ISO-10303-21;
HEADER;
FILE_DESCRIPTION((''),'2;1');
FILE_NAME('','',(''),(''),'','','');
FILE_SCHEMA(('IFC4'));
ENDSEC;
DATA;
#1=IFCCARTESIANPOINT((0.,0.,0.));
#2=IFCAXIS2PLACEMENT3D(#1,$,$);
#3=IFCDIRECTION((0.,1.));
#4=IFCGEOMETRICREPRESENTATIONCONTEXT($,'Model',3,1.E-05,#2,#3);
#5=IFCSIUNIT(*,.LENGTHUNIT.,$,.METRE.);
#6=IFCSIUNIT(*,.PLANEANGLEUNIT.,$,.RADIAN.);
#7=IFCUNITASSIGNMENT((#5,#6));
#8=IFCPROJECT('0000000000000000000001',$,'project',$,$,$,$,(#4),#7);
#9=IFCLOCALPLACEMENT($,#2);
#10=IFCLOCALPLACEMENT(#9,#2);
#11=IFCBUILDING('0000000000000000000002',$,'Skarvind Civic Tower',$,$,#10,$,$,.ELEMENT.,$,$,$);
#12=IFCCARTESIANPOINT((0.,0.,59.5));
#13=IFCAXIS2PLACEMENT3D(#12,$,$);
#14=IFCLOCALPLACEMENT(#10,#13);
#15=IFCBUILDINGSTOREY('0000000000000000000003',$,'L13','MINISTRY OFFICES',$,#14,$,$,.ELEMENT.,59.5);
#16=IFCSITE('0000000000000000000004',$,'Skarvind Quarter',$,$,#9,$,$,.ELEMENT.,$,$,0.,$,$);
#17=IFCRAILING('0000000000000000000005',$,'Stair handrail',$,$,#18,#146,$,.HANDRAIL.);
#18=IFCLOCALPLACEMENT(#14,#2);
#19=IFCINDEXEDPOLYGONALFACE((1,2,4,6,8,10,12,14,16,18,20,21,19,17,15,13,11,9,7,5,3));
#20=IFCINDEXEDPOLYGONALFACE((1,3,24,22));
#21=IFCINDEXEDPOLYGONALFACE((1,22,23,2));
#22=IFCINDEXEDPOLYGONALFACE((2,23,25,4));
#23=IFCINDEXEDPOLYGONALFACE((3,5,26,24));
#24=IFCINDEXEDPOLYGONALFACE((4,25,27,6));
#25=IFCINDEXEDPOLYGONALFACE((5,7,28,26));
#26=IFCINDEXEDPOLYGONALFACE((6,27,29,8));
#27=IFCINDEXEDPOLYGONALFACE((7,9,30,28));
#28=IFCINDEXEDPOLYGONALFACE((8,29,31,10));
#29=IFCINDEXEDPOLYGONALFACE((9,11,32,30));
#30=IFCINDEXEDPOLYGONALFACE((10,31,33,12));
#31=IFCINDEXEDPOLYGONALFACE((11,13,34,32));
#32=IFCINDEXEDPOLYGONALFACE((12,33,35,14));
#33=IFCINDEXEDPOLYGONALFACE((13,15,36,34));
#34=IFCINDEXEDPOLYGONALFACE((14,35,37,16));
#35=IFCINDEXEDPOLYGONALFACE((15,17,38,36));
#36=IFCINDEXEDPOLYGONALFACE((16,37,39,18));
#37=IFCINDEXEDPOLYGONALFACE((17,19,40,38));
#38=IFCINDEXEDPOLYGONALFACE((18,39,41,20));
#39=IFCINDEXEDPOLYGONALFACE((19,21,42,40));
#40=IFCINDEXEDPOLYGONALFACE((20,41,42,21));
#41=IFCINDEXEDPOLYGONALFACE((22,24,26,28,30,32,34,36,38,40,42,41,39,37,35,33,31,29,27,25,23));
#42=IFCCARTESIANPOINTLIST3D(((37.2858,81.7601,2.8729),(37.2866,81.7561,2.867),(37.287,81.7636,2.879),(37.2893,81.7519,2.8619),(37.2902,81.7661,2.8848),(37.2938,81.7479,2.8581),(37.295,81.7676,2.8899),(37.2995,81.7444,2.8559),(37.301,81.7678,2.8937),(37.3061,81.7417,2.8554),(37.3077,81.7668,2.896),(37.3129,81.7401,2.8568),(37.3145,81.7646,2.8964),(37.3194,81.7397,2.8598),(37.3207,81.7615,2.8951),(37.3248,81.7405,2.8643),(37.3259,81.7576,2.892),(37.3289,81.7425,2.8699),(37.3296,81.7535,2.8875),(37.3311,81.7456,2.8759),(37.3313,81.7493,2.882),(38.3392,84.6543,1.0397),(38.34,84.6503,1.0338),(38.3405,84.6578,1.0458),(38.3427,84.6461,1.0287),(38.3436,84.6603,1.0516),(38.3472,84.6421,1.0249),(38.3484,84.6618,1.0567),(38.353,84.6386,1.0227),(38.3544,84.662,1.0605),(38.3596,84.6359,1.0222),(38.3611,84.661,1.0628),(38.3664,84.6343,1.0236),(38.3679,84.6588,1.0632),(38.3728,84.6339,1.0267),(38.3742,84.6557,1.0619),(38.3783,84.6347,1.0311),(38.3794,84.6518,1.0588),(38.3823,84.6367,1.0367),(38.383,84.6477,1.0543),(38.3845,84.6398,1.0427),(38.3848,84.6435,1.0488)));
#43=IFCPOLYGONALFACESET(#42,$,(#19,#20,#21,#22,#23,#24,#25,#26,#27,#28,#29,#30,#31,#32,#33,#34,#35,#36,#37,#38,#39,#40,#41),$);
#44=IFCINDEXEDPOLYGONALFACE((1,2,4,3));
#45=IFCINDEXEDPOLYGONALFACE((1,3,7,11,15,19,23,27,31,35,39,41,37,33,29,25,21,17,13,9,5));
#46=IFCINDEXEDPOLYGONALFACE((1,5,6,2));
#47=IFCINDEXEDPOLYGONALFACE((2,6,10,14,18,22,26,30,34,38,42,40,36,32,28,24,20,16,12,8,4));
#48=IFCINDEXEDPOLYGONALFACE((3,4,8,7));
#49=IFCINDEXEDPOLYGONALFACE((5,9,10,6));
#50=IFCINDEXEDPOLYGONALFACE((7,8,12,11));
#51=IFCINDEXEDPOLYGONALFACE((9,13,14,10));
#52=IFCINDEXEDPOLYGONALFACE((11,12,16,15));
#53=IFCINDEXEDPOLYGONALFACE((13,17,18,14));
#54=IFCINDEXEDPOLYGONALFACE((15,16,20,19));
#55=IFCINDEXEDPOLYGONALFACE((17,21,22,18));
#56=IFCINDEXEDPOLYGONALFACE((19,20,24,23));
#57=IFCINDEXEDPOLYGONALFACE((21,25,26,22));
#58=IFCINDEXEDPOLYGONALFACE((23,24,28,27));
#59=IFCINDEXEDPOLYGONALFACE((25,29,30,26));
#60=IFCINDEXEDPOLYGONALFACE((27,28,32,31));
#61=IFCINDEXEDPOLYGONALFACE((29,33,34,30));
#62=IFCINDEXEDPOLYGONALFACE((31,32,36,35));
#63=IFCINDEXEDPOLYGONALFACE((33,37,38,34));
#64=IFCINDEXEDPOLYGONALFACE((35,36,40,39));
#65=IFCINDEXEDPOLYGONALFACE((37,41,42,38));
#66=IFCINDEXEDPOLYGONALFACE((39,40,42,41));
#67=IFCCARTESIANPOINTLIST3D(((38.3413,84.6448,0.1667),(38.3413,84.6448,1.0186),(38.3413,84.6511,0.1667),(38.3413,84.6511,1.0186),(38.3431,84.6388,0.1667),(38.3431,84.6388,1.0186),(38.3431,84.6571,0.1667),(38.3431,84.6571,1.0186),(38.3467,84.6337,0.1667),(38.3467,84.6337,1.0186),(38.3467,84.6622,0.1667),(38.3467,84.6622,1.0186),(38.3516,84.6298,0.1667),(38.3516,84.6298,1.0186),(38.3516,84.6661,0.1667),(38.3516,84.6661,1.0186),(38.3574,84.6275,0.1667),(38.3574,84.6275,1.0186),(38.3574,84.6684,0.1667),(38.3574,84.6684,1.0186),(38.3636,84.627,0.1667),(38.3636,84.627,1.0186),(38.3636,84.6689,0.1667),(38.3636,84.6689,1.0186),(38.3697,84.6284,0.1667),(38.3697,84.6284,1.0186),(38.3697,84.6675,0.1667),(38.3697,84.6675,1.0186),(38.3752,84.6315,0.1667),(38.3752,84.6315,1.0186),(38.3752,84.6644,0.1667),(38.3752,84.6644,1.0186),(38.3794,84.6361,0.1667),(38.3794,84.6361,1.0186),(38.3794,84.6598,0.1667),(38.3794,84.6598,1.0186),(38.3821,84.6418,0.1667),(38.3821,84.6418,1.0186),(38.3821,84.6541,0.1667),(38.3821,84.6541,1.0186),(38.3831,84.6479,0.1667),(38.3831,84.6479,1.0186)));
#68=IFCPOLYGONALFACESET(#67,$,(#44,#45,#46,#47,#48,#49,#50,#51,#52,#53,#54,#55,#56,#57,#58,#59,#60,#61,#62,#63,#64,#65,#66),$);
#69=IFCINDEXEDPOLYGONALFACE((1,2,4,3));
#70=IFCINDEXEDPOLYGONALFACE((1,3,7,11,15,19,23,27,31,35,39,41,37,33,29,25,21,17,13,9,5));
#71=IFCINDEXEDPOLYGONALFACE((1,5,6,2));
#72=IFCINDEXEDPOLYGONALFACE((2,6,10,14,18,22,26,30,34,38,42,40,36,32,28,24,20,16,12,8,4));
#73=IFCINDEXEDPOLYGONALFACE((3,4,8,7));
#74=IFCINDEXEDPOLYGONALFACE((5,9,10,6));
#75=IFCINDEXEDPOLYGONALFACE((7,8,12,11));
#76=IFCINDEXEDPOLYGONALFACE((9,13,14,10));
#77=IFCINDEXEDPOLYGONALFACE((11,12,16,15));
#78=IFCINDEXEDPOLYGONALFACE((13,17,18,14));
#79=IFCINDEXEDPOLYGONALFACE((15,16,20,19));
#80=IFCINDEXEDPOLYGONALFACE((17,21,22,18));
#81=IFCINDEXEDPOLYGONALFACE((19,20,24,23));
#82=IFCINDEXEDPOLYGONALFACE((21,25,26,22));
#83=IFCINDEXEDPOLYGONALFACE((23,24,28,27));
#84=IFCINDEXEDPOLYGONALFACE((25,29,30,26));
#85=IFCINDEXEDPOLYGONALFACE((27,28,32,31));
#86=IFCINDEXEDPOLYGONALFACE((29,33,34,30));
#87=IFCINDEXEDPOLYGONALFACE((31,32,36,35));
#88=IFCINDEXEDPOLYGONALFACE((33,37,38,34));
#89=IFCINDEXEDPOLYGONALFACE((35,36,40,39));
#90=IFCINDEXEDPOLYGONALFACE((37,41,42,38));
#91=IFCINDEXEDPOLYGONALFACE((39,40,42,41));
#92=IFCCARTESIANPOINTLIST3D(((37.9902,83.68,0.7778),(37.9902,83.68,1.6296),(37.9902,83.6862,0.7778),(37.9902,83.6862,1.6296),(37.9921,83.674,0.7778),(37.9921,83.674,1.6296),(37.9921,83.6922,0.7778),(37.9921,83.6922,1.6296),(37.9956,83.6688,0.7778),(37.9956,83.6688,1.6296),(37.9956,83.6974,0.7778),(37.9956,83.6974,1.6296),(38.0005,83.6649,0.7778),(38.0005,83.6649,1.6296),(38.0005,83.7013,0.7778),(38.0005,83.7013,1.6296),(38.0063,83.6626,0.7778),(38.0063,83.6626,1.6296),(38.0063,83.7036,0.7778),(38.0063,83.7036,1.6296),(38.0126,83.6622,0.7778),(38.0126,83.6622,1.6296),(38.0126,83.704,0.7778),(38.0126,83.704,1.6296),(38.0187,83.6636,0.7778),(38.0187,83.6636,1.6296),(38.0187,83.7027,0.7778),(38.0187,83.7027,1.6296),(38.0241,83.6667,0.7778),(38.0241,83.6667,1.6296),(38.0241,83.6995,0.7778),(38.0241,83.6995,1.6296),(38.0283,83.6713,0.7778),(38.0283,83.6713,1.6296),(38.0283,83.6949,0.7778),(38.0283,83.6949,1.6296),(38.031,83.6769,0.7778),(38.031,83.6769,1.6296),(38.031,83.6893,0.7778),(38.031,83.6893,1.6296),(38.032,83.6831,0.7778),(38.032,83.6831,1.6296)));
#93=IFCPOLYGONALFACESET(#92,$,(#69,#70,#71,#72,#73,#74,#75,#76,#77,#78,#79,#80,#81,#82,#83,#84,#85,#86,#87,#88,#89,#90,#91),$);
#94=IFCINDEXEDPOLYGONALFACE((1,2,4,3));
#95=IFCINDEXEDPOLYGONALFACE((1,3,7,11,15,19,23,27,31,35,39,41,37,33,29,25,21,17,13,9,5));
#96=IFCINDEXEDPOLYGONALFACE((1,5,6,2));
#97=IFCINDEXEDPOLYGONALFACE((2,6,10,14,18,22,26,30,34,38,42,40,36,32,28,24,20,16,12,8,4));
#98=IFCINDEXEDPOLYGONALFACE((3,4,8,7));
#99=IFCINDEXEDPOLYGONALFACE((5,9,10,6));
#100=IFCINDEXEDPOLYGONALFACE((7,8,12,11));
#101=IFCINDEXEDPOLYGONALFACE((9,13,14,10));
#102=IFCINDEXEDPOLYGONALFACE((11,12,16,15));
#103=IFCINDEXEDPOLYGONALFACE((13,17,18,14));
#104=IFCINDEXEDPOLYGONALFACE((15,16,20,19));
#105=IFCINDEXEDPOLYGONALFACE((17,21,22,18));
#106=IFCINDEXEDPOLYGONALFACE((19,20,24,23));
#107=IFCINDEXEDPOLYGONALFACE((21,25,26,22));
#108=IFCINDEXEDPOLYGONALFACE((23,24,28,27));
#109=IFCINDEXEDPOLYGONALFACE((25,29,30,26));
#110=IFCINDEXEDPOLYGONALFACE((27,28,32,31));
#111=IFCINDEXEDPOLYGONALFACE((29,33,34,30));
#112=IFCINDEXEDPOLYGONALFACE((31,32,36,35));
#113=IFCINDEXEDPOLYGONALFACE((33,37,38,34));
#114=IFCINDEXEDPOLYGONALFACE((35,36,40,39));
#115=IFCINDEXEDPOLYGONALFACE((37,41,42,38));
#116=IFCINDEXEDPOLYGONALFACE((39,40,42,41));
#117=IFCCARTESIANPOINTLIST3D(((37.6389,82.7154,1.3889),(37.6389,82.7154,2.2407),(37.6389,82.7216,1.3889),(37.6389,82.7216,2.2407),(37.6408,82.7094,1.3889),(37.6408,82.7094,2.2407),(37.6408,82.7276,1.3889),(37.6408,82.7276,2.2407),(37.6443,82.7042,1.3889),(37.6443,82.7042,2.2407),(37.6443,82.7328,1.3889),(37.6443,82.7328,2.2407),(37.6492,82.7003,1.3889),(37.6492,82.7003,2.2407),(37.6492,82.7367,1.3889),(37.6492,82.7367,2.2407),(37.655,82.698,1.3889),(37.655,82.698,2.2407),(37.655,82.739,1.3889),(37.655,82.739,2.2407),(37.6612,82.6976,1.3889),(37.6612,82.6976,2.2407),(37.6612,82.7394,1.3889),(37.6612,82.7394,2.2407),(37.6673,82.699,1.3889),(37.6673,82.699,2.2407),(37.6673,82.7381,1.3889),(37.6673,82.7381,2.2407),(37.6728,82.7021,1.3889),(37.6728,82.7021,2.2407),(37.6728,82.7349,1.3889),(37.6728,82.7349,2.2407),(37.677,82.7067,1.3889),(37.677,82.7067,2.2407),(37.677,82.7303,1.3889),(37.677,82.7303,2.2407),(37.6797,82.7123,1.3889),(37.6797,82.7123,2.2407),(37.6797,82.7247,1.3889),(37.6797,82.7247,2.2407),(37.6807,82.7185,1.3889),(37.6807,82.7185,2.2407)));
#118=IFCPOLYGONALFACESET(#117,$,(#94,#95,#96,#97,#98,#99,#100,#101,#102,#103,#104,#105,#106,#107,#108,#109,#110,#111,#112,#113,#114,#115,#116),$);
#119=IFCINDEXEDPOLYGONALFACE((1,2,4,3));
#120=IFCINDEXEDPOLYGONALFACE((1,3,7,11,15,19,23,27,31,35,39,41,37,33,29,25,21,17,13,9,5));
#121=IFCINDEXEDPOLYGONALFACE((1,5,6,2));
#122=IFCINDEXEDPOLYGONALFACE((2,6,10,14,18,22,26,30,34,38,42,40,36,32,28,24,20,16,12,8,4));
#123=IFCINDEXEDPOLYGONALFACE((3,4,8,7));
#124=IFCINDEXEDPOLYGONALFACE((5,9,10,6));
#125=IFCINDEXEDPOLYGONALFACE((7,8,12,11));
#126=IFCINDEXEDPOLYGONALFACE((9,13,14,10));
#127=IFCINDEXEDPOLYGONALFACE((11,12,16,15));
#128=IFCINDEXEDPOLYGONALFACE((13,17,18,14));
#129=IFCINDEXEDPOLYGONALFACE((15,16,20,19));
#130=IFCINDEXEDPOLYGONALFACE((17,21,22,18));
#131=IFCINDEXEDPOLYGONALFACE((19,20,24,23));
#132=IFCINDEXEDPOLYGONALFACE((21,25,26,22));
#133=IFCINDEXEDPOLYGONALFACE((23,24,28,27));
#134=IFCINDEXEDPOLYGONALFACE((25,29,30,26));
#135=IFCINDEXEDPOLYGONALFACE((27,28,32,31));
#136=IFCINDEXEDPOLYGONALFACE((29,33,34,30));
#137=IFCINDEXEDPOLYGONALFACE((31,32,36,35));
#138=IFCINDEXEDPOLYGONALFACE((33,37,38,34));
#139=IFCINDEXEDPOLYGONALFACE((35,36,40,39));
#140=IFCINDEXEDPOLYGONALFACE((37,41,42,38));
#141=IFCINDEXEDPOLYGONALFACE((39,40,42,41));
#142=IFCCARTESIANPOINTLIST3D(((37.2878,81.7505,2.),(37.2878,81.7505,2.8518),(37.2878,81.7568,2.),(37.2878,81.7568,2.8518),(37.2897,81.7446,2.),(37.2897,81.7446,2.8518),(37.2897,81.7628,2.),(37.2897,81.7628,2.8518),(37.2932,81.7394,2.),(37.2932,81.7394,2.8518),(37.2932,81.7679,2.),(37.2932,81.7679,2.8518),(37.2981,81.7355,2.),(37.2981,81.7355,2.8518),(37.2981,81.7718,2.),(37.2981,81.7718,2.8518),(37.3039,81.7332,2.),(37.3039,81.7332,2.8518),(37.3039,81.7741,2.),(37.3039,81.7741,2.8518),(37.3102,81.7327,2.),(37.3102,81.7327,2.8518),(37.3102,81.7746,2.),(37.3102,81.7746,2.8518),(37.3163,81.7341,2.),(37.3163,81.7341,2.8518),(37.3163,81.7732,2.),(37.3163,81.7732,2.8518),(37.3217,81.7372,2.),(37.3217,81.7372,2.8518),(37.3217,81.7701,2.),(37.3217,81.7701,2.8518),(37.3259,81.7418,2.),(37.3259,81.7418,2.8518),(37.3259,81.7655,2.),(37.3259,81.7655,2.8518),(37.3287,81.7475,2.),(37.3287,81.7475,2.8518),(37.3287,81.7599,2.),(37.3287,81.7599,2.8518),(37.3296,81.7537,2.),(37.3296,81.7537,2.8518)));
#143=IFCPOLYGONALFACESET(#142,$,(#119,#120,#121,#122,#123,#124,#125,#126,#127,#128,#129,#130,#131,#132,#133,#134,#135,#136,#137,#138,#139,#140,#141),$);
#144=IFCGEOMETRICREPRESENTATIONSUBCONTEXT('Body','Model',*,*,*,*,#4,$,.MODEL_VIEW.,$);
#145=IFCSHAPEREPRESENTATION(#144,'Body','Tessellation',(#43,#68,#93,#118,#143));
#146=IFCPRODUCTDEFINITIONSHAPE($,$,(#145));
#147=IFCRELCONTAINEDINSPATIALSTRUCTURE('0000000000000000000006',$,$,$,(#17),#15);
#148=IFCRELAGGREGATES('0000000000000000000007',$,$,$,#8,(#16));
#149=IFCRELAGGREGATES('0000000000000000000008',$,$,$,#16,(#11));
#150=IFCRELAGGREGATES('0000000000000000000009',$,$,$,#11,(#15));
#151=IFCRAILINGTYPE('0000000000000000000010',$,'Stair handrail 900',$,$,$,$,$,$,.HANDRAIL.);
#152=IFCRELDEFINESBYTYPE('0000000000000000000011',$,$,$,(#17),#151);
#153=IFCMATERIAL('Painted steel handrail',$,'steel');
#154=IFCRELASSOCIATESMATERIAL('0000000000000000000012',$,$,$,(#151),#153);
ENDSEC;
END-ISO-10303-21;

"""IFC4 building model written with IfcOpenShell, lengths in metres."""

from ifc_helpers import new_model, si_unit, direction, frame, origin, origin_2d, place, context, subcontext, project, spatial, circle, extrude, material, type_object, element, save


model = new_model("IFC4")

# Units and contexts
model_context = context("Model", 3, precision=1e-05, world=origin(), true_north=direction((0.0, 1.0)))
body_context = subcontext(model_context, "Body", "Model", "MODEL_VIEW")
ifc_project = project(units=[si_unit("LENGTHUNIT", "METRE"), si_unit("PLANEANGLEUNIT", "RADIAN")], contexts=[model_context])

# Site, building, storey
site_placement = place(None, origin())
site = spatial("IfcSite", under=ifc_project, at=site_placement, Name="Skarvind Quarter", CompositionType="ELEMENT", RefElevation=0.0)
building_placement = place(site_placement, origin())
building = spatial("IfcBuilding", under=site, at=building_placement, Name="Skarvind Civic Tower", CompositionType="ELEMENT")
storey_placement = place(building_placement, frame((0.0, 0.0, 59.5)))
storey = spatial("IfcBuildingStorey", under=building, at=storey_placement, Name="L13", Description="MINISTRY OFFICES", CompositionType="ELEMENT", Elevation=59.5)

# Railing
ifc_material_1 = material(Name="Painted steel handrail", Category="steel")
railing_type = type_object("IfcRailingType", Name="Stair handrail 900", PredefinedType="HANDRAIL", material=ifc_material_1)
railing_1_placement = place(storey_placement, frame((38.3621, 84.6479, 0.1667)))
element("IfcRailing", 1, at=railing_1_placement, inside=storey, type_object=railing_type, Name="Stair handrail", PredefinedType="HANDRAIL", context=body_context, shape_type="SweptSolid", body=[
    extrude(circle(Radius=0.0239, at=origin_2d()), frame((0.0, 0.0, 0.876), z_axis=(-0.293908, -0.807481, 0.511461), x_axis=(0.939689, -0.342029, 0.0)), (0.0, 0.0, 1.0), 3.5842),
    extrude(circle(Radius=0.021, at=origin_2d()), origin(), (0.0, 0.0, 1.0), 0.8518),
    extrude(circle(Radius=0.021, at=origin_2d()), frame((-0.3511, -0.9648, 0.6111)), (0.0, 0.0, 1.0), 0.8518),
    extrude(circle(Radius=0.021, at=origin_2d()), frame((-0.7024, -1.9294, 1.2222)), (0.0, 0.0, 1.0), 0.8518),
    extrude(circle(Radius=0.021, at=origin_2d()), frame((-1.0535, -2.8943, 1.8333)), (0.0, 0.0, 1.0), 0.8518),
])

save(model, "model.ifc")
